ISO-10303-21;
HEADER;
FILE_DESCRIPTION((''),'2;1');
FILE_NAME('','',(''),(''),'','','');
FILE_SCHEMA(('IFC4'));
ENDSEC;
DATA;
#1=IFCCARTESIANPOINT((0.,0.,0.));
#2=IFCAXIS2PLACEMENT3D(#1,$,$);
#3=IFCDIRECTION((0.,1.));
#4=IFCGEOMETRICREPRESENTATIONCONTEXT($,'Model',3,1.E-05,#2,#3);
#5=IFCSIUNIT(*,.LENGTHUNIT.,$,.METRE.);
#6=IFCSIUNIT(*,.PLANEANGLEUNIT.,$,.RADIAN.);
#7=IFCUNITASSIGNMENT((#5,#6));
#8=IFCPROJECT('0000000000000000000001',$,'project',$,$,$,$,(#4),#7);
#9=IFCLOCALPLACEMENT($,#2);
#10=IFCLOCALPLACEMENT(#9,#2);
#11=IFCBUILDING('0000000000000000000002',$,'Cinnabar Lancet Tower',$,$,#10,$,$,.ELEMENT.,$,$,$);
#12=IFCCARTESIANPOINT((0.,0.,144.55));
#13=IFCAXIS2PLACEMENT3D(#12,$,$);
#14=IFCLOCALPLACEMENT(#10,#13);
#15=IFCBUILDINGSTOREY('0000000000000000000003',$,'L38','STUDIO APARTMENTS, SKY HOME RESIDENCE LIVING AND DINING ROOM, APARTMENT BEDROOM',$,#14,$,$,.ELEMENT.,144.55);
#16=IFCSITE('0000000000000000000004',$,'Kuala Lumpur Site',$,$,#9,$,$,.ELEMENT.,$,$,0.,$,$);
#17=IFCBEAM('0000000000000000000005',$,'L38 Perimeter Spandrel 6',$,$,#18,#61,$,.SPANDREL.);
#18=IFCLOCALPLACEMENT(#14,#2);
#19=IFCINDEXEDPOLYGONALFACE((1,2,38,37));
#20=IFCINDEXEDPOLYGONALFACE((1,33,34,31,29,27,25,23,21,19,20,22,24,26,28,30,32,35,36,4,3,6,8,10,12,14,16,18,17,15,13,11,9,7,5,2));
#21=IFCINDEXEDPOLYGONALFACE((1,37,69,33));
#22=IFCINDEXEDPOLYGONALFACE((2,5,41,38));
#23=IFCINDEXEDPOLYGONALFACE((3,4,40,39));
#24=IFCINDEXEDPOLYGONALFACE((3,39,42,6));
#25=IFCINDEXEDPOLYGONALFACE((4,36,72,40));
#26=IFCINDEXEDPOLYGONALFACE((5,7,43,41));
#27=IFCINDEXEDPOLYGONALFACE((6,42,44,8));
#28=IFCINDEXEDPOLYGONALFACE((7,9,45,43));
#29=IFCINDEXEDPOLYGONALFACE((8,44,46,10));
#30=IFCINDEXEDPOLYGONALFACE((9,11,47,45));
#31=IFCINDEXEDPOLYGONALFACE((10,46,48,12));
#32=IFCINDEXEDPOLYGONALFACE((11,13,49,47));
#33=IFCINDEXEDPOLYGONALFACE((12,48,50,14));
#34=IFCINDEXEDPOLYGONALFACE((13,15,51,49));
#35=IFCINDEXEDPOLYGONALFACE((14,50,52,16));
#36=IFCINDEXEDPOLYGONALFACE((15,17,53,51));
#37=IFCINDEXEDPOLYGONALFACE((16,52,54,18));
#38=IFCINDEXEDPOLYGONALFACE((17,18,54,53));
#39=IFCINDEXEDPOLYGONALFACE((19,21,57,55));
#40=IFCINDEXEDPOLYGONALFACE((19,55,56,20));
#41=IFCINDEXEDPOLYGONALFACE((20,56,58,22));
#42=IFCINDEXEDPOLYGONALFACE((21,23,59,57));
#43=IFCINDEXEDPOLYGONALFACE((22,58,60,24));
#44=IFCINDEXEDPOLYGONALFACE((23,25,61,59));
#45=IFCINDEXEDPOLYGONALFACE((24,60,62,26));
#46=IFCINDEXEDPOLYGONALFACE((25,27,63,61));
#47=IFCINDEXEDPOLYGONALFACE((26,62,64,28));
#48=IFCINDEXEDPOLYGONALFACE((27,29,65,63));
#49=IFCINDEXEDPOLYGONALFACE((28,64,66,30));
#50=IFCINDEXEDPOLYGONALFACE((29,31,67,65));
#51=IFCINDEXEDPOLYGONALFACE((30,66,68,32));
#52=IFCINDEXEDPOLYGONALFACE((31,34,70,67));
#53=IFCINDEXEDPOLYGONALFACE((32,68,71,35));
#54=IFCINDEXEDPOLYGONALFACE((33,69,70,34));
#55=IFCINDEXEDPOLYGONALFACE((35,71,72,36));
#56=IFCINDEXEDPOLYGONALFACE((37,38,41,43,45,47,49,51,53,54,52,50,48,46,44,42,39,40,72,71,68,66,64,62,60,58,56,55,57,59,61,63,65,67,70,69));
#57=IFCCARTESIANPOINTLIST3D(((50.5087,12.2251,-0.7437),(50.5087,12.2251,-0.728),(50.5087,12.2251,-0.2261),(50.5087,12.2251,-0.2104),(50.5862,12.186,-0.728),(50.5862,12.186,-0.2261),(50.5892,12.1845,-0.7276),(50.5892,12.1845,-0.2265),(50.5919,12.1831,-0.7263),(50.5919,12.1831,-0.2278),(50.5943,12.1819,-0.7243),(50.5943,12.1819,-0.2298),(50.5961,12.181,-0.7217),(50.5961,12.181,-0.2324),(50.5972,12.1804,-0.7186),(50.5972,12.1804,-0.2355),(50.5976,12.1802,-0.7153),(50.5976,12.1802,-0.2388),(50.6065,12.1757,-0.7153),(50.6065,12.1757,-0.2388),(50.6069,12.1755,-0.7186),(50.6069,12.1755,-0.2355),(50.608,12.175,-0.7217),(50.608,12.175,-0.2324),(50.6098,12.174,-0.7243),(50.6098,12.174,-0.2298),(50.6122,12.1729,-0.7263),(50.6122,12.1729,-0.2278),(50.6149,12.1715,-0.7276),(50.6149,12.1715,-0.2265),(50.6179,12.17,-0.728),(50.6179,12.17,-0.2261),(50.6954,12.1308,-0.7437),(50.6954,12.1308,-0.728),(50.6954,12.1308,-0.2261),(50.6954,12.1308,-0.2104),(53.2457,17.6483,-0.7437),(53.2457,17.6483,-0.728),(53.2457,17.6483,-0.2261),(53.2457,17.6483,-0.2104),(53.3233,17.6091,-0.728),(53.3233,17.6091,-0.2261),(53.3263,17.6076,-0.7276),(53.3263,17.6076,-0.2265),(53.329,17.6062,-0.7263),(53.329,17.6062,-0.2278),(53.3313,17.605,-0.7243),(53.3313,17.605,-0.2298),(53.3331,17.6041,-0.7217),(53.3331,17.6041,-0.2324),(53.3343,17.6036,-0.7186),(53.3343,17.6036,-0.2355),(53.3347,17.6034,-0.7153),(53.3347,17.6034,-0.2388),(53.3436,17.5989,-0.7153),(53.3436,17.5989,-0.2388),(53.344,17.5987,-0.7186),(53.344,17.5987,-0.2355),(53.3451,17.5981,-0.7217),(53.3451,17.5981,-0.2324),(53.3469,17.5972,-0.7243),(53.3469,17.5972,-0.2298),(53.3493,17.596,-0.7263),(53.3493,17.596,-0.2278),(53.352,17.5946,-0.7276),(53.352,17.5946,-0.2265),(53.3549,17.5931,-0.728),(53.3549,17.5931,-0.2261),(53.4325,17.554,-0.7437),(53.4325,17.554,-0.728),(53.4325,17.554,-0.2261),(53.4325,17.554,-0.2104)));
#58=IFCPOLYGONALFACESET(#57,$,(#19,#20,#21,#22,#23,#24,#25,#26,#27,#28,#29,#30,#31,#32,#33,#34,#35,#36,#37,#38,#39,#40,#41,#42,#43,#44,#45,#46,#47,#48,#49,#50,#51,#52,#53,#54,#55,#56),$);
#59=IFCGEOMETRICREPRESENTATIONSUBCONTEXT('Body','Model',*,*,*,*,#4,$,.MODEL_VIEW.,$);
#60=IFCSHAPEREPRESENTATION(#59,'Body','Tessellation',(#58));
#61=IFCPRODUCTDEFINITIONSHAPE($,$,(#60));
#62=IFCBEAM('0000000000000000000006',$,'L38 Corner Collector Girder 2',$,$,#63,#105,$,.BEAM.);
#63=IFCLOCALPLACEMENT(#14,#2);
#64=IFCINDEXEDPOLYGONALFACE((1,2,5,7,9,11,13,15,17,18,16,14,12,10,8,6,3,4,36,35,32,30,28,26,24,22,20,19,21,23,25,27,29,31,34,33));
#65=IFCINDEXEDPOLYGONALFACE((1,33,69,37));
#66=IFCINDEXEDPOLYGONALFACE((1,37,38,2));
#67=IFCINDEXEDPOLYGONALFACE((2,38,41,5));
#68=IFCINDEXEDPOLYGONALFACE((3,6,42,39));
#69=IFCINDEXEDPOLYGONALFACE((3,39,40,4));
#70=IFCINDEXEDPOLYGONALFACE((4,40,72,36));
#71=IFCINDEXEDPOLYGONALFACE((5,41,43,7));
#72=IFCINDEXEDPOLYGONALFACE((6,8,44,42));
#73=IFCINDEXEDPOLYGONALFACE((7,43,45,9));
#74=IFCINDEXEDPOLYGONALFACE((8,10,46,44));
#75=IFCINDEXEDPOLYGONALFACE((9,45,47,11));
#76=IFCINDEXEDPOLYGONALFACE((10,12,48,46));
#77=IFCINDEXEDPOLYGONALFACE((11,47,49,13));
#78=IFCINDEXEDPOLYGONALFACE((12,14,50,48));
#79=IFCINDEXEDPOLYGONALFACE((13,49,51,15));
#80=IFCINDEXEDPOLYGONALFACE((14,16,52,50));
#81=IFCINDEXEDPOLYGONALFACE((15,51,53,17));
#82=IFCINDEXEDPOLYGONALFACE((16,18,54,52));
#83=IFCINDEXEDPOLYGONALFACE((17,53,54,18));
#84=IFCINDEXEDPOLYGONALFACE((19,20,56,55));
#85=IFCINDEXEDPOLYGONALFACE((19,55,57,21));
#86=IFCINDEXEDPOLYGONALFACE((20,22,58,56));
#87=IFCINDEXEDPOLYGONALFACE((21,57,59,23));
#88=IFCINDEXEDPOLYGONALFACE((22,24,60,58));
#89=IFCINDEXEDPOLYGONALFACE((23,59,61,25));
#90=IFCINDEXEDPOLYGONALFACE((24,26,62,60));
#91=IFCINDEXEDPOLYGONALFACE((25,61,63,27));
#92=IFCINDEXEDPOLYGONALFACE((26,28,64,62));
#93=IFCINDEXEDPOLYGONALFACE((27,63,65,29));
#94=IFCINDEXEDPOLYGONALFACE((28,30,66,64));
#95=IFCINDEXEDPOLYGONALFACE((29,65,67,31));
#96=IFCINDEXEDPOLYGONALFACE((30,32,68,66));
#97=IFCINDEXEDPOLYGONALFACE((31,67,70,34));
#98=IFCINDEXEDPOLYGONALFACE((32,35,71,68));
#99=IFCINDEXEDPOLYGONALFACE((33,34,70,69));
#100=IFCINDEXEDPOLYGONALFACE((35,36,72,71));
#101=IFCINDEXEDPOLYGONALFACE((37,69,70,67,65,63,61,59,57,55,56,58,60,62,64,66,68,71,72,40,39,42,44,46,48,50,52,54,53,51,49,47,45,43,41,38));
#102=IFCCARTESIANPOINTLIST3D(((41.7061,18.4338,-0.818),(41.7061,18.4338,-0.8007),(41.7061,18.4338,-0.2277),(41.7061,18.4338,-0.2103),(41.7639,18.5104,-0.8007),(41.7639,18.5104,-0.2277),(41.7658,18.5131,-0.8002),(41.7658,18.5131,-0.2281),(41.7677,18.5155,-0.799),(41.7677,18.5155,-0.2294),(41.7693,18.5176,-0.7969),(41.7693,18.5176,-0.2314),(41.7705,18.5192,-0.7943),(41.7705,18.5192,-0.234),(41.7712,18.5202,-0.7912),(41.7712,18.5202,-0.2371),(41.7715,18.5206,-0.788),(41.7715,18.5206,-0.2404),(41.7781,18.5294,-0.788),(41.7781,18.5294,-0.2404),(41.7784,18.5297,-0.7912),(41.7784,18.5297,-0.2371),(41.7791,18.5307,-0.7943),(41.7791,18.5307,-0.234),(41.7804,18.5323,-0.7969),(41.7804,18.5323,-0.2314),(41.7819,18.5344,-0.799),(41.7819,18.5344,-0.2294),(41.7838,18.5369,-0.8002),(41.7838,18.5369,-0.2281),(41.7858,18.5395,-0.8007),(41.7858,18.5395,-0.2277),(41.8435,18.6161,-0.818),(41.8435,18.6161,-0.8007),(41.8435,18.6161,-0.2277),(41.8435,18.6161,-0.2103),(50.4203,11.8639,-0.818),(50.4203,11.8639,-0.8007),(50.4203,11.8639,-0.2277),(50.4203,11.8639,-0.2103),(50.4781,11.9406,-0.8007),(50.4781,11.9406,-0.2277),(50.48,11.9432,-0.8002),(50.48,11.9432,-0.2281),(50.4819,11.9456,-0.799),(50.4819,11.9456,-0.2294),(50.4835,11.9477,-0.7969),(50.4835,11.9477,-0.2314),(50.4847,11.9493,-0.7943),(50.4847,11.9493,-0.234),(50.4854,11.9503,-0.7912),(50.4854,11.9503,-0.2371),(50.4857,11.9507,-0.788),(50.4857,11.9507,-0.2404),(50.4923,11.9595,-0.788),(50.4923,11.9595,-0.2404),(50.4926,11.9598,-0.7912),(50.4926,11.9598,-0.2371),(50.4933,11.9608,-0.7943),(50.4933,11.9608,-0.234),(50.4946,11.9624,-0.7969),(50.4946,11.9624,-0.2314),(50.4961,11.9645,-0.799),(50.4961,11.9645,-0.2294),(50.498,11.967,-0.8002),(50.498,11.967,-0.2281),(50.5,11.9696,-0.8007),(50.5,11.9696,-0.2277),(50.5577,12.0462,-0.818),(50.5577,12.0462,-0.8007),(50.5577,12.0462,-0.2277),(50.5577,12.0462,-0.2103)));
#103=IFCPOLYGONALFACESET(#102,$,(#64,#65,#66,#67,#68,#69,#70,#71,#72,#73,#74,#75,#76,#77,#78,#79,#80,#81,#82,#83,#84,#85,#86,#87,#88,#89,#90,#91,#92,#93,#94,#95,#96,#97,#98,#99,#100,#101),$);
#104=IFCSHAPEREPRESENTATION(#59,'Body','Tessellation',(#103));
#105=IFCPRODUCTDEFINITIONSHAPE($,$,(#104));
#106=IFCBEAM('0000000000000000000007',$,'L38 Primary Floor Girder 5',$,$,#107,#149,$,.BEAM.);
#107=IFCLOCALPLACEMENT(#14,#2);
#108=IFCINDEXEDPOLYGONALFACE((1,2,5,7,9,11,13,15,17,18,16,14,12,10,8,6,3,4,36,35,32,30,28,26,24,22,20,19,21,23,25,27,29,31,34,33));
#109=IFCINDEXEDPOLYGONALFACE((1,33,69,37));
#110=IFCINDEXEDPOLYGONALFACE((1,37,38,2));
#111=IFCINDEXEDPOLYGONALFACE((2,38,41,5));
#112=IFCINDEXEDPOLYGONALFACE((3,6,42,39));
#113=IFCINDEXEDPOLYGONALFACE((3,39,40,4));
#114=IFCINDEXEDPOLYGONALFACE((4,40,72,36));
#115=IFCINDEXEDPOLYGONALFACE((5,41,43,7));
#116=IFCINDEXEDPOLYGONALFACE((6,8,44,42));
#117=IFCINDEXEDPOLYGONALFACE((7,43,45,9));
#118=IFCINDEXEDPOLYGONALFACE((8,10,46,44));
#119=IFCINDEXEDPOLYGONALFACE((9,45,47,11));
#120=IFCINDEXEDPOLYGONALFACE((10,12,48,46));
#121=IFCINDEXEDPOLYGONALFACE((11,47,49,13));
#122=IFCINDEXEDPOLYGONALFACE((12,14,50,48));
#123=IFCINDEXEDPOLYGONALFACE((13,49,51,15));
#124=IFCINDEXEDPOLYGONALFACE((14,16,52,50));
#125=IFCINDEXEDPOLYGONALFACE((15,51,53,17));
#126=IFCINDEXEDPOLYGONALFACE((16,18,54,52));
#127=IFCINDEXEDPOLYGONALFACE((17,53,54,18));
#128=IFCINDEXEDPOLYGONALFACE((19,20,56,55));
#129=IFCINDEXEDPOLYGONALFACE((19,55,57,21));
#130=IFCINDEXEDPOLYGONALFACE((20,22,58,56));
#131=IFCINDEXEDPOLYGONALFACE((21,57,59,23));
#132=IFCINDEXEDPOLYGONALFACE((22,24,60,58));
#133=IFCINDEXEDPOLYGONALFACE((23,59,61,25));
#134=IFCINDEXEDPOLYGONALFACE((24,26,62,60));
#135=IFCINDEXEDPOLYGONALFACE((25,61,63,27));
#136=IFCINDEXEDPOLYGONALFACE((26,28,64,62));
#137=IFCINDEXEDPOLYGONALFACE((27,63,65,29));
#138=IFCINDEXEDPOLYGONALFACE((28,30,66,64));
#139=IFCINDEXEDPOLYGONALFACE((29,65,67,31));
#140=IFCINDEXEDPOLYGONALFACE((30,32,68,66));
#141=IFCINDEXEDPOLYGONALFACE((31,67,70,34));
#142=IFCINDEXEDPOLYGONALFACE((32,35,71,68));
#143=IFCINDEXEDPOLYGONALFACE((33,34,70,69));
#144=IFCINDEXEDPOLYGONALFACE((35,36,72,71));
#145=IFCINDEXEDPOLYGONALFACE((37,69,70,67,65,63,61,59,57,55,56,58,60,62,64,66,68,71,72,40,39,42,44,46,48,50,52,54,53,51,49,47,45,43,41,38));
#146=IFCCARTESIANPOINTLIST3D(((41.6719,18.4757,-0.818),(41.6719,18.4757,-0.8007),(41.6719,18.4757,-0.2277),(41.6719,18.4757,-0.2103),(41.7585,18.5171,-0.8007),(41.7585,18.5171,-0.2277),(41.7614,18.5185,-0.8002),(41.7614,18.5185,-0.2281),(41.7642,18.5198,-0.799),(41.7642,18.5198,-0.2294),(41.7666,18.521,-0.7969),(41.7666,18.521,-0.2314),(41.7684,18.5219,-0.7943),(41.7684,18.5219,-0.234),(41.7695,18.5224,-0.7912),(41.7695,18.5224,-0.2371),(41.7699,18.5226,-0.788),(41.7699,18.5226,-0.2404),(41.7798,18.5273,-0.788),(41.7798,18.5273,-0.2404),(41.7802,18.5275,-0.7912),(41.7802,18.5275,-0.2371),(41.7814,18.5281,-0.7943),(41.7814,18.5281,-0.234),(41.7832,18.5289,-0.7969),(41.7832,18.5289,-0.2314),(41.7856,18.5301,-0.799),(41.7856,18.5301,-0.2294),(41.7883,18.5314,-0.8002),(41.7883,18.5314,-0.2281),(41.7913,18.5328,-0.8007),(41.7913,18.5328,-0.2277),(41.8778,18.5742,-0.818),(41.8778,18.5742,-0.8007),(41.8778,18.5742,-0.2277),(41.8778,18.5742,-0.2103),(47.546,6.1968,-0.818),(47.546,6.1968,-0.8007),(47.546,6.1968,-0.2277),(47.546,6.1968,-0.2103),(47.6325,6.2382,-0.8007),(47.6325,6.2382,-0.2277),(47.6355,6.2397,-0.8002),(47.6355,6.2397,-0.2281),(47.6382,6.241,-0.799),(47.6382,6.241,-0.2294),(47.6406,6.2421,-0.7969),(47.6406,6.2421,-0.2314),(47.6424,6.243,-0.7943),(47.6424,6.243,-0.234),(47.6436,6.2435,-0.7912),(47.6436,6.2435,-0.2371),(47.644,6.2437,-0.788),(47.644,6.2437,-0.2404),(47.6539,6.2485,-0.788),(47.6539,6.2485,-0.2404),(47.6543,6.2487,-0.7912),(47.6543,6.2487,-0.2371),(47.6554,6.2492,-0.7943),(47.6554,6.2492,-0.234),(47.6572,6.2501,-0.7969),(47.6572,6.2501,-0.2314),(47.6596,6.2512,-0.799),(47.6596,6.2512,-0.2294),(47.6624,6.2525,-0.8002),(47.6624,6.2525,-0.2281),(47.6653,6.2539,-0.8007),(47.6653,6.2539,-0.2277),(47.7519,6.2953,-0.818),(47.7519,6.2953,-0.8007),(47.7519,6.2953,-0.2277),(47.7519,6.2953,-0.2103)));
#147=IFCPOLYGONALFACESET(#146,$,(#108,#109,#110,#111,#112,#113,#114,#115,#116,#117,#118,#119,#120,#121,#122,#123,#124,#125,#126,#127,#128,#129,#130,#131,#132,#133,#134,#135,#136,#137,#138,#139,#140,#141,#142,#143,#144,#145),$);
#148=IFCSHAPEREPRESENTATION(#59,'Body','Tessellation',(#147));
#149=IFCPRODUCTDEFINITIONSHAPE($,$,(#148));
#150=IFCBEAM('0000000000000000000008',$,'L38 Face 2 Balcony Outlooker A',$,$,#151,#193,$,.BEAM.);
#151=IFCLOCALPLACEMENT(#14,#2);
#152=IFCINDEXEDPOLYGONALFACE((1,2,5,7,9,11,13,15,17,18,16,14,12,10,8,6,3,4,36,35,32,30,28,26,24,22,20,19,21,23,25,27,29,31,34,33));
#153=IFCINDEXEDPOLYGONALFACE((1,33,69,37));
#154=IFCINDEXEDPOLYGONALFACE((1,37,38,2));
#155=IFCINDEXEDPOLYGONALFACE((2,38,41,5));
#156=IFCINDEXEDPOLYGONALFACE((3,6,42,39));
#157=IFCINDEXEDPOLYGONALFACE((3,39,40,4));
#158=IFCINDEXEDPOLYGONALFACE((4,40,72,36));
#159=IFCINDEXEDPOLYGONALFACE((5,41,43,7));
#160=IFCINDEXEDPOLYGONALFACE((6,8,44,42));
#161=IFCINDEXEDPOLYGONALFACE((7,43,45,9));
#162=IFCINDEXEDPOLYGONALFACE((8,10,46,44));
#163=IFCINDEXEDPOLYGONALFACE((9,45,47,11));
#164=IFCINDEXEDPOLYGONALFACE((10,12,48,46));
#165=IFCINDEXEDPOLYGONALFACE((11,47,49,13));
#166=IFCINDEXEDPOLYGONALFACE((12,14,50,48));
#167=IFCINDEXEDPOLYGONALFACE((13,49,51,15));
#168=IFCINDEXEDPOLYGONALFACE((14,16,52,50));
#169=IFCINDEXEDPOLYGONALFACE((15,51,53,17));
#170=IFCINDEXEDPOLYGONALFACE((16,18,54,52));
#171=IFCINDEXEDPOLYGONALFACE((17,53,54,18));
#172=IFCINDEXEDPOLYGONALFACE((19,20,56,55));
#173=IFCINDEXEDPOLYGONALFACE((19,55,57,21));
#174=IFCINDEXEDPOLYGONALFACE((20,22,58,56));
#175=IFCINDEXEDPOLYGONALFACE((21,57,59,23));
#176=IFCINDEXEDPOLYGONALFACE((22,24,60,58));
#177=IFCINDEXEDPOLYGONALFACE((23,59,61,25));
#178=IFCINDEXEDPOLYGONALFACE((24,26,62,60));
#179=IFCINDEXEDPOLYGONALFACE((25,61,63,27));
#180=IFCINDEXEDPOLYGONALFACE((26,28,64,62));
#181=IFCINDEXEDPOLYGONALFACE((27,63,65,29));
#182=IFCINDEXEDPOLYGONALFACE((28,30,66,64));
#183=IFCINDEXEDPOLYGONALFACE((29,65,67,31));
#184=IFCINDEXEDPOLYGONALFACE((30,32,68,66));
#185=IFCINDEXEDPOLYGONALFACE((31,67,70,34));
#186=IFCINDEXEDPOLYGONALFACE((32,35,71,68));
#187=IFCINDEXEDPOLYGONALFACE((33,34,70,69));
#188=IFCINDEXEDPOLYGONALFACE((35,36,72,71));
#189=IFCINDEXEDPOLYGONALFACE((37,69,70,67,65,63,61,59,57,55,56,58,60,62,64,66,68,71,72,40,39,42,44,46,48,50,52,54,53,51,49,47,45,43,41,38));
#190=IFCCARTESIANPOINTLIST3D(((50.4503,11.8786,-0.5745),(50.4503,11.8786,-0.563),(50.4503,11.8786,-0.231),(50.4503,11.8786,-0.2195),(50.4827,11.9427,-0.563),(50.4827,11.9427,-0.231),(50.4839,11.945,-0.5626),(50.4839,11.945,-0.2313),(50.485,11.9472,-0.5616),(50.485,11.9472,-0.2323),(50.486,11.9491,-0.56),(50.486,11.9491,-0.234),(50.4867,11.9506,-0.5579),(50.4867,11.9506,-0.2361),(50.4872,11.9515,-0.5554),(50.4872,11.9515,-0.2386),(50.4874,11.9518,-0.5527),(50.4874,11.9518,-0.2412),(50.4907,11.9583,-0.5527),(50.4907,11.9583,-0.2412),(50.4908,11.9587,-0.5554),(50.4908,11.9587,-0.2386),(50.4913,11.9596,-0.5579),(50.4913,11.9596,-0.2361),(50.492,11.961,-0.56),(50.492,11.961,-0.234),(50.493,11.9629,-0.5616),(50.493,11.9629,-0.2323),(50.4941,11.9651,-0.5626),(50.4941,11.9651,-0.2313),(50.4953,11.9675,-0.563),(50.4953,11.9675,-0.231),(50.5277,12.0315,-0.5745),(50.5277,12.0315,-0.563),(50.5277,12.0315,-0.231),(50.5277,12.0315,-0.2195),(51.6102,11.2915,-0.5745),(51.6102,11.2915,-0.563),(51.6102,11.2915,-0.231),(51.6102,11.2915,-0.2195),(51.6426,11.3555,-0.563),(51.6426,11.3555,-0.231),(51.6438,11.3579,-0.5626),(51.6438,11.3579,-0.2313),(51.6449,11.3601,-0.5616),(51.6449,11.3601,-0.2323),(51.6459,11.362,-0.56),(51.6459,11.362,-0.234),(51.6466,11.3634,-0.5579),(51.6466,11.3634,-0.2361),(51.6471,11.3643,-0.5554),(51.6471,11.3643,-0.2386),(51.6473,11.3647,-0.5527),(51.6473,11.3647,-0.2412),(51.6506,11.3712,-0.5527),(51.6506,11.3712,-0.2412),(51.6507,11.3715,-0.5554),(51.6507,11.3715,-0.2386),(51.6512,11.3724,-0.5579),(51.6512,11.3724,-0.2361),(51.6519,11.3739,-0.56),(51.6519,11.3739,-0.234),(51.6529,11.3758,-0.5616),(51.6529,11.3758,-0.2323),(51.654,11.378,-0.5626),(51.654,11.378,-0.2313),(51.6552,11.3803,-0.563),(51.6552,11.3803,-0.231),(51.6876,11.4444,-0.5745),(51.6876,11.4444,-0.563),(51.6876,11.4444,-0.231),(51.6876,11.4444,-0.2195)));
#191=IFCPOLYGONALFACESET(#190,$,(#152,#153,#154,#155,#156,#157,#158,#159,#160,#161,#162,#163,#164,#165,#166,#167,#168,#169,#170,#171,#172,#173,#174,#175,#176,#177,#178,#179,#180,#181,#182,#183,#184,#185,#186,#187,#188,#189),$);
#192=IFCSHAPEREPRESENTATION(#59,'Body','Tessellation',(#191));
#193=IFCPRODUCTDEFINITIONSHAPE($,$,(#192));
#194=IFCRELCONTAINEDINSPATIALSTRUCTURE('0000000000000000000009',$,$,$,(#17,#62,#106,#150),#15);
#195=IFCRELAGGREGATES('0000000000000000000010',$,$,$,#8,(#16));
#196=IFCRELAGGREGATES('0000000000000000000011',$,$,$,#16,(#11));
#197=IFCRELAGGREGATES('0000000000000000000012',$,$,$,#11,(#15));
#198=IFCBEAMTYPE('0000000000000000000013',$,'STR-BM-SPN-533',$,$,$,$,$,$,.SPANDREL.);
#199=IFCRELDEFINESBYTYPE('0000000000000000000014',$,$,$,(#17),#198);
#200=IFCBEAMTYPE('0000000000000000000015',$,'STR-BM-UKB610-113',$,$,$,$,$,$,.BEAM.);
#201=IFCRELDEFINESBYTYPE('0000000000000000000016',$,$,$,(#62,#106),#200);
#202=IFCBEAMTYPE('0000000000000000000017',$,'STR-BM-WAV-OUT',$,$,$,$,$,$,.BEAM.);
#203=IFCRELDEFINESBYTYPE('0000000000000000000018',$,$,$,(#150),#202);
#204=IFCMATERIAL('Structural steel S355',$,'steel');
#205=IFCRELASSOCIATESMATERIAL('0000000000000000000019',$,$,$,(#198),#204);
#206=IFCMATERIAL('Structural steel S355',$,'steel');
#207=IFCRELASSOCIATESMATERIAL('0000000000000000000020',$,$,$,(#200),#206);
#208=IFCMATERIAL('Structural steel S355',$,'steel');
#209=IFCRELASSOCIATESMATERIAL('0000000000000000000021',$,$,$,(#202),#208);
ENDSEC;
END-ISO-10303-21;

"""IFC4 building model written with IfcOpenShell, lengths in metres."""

from ifc_helpers import new_model, si_unit, direction, frame, origin, origin_2d, place, context, subcontext, project, spatial, i_section, extrude, material, material_profile, profile_set, type_object, element, save


model = new_model("IFC4")

# Units and contexts
model_context = context("Model", 3, precision=1e-05, world=origin(), true_north=direction((0.0, 1.0)))
body_context = subcontext(model_context, "Body", "Model", "MODEL_VIEW")
ifc_project = project(units=[si_unit("LENGTHUNIT", "METRE"), si_unit("PLANEANGLEUNIT", "RADIAN")], contexts=[model_context])

# Site, building, storey
site_placement = place(None, origin())
site = spatial("IfcSite", under=ifc_project, at=site_placement, Name="Kuala Lumpur Site", CompositionType="ELEMENT", RefElevation=0.0)
building_placement = place(site_placement, origin())
building = spatial("IfcBuilding", under=site, at=building_placement, Name="Cinnabar Lancet Tower", CompositionType="ELEMENT")
storey_placement = place(building_placement, frame((0.0, 0.0, 144.55)))
storey = spatial("IfcBuildingStorey", under=building, at=storey_placement, Name="L38", Description="STUDIO APARTMENTS, SKY HOME RESIDENCE LIVING AND DINING ROOM, APARTMENT BEDROOM", CompositionType="ELEMENT", Elevation=144.55)

# Beams
ifc_material_1 = material(Name="Structural steel S355", Category="steel")
ifc_material_profile_1 = material_profile(ifc_material_1, i_section(OverallWidth=0.2092, OverallDepth=0.5332, WebThickness=0.01, FlangeThickness=0.0156, FilletRadius=0.0127, at=origin_2d()), Name="UKB 533x210x92")
ifc_profile_set_1 = profile_set([ifc_material_profile_1], Name="Structural steel S355")
beam_type_1 = type_object("IfcBeamType", Name="STR-BM-SPN-533", PredefinedType="SPANDREL", material=ifc_profile_set_1)
beam_1_placement = place(storey_placement, frame((50.6021, 12.178, -0.4771), z_axis=(0.45057, 0.892741, 0.0), x_axis=(-0.892741, 0.45057, 0.0)))
element("IfcBeam", 1, at=beam_1_placement, inside=storey, type_object=beam_type_1, Name="L38 Perimeter Spandrel 6", PredefinedType="SPANDREL", context=body_context, shape_type="SweptSolid", body=[
    extrude(i_section(OverallWidth=0.2092, OverallDepth=0.5332, WebThickness=0.01, FlangeThickness=0.0156, FilletRadius=0.0127, at=origin_2d()), origin(), (0.0, 0.0, 1.0), 6.0747),
])
ifc_material_2 = material(Name="Structural steel S355", Category="steel")
ifc_material_profile_2 = material_profile(ifc_material_2, i_section(OverallWidth=0.2283, OverallDepth=0.6077, WebThickness=0.011, FlangeThickness=0.0173, FilletRadius=0.0127, at=origin_2d()), Name="UKB 610x229x113")
ifc_profile_set_2 = profile_set([ifc_material_profile_2], Name="Structural steel S355")
beam_type_2 = type_object("IfcBeamType", Name="STR-BM-UKB610-113", PredefinedType="BEAM", material=ifc_profile_set_2)
beam_2_placement = place(storey_placement, frame((50.489, 11.9551, -0.5142), z_axis=(-0.798491, 0.602006, 0.0), x_axis=(-0.602006, -0.798491, 0.0)))
element("IfcBeam", 2, at=beam_2_placement, inside=storey, type_object=beam_type_2, Name="L38 Corner Collector Girder 2", PredefinedType="BEAM", context=body_context, shape_type="SweptSolid", body=[
    extrude(i_section(OverallWidth=0.2283, OverallDepth=0.6077, WebThickness=0.011, FlangeThickness=0.0173, FilletRadius=0.0127, at=origin_2d()), origin(), (0.0, 0.0, 1.0), 10.9133),
])
beam_3_placement = place(storey_placement, frame((47.6489, 6.2461, -0.5142), z_axis=(-0.431548, 0.90209, 0.0), x_axis=(-0.90209, -0.431548, 0.0)))
element("IfcBeam", 3, at=beam_3_placement, inside=storey, type_object=beam_type_2, Name="L38 Primary Floor Girder 5", PredefinedType="BEAM", context=body_context, shape_type="SweptSolid", body=[
    extrude(i_section(OverallWidth=0.2283, OverallDepth=0.6077, WebThickness=0.011, FlangeThickness=0.0173, FilletRadius=0.0127, at=origin_2d()), origin(), (0.0, 0.0, 1.0), 13.6116),
])
ifc_material_3 = material(Name="Structural steel S355", Category="steel")
ifc_material_profile_3 = material_profile(ifc_material_3, i_section(OverallWidth=0.1714, OverallDepth=0.355, WebThickness=0.0073, FlangeThickness=0.0115, FilletRadius=0.0103, at=origin_2d()), Name="UKB 356x171x51")
ifc_profile_set_3 = profile_set([ifc_material_profile_3], Name="Structural steel S355")
beam_type_3 = type_object("IfcBeamType", Name="STR-BM-WAV-OUT", PredefinedType="BEAM", material=ifc_profile_set_3)
beam_4_placement = place(storey_placement, frame((50.489, 11.9551, -0.397), z_axis=(0.8922, -0.45164, 0.0), x_axis=(0.45164, 0.8922, 0.0)))
element("IfcBeam", 4, at=beam_4_placement, inside=storey, type_object=beam_type_3, Name="L38 Face 2 Balcony Outlooker A", PredefinedType="BEAM", context=body_context, shape_type="SweptSolid", body=[
    extrude(i_section(OverallWidth=0.1714, OverallDepth=0.355, WebThickness=0.0073, FlangeThickness=0.0115, FilletRadius=0.0103, at=origin_2d()), origin(), (0.0, 0.0, 1.0), 1.3),
])

save(model, "model.ifc")
